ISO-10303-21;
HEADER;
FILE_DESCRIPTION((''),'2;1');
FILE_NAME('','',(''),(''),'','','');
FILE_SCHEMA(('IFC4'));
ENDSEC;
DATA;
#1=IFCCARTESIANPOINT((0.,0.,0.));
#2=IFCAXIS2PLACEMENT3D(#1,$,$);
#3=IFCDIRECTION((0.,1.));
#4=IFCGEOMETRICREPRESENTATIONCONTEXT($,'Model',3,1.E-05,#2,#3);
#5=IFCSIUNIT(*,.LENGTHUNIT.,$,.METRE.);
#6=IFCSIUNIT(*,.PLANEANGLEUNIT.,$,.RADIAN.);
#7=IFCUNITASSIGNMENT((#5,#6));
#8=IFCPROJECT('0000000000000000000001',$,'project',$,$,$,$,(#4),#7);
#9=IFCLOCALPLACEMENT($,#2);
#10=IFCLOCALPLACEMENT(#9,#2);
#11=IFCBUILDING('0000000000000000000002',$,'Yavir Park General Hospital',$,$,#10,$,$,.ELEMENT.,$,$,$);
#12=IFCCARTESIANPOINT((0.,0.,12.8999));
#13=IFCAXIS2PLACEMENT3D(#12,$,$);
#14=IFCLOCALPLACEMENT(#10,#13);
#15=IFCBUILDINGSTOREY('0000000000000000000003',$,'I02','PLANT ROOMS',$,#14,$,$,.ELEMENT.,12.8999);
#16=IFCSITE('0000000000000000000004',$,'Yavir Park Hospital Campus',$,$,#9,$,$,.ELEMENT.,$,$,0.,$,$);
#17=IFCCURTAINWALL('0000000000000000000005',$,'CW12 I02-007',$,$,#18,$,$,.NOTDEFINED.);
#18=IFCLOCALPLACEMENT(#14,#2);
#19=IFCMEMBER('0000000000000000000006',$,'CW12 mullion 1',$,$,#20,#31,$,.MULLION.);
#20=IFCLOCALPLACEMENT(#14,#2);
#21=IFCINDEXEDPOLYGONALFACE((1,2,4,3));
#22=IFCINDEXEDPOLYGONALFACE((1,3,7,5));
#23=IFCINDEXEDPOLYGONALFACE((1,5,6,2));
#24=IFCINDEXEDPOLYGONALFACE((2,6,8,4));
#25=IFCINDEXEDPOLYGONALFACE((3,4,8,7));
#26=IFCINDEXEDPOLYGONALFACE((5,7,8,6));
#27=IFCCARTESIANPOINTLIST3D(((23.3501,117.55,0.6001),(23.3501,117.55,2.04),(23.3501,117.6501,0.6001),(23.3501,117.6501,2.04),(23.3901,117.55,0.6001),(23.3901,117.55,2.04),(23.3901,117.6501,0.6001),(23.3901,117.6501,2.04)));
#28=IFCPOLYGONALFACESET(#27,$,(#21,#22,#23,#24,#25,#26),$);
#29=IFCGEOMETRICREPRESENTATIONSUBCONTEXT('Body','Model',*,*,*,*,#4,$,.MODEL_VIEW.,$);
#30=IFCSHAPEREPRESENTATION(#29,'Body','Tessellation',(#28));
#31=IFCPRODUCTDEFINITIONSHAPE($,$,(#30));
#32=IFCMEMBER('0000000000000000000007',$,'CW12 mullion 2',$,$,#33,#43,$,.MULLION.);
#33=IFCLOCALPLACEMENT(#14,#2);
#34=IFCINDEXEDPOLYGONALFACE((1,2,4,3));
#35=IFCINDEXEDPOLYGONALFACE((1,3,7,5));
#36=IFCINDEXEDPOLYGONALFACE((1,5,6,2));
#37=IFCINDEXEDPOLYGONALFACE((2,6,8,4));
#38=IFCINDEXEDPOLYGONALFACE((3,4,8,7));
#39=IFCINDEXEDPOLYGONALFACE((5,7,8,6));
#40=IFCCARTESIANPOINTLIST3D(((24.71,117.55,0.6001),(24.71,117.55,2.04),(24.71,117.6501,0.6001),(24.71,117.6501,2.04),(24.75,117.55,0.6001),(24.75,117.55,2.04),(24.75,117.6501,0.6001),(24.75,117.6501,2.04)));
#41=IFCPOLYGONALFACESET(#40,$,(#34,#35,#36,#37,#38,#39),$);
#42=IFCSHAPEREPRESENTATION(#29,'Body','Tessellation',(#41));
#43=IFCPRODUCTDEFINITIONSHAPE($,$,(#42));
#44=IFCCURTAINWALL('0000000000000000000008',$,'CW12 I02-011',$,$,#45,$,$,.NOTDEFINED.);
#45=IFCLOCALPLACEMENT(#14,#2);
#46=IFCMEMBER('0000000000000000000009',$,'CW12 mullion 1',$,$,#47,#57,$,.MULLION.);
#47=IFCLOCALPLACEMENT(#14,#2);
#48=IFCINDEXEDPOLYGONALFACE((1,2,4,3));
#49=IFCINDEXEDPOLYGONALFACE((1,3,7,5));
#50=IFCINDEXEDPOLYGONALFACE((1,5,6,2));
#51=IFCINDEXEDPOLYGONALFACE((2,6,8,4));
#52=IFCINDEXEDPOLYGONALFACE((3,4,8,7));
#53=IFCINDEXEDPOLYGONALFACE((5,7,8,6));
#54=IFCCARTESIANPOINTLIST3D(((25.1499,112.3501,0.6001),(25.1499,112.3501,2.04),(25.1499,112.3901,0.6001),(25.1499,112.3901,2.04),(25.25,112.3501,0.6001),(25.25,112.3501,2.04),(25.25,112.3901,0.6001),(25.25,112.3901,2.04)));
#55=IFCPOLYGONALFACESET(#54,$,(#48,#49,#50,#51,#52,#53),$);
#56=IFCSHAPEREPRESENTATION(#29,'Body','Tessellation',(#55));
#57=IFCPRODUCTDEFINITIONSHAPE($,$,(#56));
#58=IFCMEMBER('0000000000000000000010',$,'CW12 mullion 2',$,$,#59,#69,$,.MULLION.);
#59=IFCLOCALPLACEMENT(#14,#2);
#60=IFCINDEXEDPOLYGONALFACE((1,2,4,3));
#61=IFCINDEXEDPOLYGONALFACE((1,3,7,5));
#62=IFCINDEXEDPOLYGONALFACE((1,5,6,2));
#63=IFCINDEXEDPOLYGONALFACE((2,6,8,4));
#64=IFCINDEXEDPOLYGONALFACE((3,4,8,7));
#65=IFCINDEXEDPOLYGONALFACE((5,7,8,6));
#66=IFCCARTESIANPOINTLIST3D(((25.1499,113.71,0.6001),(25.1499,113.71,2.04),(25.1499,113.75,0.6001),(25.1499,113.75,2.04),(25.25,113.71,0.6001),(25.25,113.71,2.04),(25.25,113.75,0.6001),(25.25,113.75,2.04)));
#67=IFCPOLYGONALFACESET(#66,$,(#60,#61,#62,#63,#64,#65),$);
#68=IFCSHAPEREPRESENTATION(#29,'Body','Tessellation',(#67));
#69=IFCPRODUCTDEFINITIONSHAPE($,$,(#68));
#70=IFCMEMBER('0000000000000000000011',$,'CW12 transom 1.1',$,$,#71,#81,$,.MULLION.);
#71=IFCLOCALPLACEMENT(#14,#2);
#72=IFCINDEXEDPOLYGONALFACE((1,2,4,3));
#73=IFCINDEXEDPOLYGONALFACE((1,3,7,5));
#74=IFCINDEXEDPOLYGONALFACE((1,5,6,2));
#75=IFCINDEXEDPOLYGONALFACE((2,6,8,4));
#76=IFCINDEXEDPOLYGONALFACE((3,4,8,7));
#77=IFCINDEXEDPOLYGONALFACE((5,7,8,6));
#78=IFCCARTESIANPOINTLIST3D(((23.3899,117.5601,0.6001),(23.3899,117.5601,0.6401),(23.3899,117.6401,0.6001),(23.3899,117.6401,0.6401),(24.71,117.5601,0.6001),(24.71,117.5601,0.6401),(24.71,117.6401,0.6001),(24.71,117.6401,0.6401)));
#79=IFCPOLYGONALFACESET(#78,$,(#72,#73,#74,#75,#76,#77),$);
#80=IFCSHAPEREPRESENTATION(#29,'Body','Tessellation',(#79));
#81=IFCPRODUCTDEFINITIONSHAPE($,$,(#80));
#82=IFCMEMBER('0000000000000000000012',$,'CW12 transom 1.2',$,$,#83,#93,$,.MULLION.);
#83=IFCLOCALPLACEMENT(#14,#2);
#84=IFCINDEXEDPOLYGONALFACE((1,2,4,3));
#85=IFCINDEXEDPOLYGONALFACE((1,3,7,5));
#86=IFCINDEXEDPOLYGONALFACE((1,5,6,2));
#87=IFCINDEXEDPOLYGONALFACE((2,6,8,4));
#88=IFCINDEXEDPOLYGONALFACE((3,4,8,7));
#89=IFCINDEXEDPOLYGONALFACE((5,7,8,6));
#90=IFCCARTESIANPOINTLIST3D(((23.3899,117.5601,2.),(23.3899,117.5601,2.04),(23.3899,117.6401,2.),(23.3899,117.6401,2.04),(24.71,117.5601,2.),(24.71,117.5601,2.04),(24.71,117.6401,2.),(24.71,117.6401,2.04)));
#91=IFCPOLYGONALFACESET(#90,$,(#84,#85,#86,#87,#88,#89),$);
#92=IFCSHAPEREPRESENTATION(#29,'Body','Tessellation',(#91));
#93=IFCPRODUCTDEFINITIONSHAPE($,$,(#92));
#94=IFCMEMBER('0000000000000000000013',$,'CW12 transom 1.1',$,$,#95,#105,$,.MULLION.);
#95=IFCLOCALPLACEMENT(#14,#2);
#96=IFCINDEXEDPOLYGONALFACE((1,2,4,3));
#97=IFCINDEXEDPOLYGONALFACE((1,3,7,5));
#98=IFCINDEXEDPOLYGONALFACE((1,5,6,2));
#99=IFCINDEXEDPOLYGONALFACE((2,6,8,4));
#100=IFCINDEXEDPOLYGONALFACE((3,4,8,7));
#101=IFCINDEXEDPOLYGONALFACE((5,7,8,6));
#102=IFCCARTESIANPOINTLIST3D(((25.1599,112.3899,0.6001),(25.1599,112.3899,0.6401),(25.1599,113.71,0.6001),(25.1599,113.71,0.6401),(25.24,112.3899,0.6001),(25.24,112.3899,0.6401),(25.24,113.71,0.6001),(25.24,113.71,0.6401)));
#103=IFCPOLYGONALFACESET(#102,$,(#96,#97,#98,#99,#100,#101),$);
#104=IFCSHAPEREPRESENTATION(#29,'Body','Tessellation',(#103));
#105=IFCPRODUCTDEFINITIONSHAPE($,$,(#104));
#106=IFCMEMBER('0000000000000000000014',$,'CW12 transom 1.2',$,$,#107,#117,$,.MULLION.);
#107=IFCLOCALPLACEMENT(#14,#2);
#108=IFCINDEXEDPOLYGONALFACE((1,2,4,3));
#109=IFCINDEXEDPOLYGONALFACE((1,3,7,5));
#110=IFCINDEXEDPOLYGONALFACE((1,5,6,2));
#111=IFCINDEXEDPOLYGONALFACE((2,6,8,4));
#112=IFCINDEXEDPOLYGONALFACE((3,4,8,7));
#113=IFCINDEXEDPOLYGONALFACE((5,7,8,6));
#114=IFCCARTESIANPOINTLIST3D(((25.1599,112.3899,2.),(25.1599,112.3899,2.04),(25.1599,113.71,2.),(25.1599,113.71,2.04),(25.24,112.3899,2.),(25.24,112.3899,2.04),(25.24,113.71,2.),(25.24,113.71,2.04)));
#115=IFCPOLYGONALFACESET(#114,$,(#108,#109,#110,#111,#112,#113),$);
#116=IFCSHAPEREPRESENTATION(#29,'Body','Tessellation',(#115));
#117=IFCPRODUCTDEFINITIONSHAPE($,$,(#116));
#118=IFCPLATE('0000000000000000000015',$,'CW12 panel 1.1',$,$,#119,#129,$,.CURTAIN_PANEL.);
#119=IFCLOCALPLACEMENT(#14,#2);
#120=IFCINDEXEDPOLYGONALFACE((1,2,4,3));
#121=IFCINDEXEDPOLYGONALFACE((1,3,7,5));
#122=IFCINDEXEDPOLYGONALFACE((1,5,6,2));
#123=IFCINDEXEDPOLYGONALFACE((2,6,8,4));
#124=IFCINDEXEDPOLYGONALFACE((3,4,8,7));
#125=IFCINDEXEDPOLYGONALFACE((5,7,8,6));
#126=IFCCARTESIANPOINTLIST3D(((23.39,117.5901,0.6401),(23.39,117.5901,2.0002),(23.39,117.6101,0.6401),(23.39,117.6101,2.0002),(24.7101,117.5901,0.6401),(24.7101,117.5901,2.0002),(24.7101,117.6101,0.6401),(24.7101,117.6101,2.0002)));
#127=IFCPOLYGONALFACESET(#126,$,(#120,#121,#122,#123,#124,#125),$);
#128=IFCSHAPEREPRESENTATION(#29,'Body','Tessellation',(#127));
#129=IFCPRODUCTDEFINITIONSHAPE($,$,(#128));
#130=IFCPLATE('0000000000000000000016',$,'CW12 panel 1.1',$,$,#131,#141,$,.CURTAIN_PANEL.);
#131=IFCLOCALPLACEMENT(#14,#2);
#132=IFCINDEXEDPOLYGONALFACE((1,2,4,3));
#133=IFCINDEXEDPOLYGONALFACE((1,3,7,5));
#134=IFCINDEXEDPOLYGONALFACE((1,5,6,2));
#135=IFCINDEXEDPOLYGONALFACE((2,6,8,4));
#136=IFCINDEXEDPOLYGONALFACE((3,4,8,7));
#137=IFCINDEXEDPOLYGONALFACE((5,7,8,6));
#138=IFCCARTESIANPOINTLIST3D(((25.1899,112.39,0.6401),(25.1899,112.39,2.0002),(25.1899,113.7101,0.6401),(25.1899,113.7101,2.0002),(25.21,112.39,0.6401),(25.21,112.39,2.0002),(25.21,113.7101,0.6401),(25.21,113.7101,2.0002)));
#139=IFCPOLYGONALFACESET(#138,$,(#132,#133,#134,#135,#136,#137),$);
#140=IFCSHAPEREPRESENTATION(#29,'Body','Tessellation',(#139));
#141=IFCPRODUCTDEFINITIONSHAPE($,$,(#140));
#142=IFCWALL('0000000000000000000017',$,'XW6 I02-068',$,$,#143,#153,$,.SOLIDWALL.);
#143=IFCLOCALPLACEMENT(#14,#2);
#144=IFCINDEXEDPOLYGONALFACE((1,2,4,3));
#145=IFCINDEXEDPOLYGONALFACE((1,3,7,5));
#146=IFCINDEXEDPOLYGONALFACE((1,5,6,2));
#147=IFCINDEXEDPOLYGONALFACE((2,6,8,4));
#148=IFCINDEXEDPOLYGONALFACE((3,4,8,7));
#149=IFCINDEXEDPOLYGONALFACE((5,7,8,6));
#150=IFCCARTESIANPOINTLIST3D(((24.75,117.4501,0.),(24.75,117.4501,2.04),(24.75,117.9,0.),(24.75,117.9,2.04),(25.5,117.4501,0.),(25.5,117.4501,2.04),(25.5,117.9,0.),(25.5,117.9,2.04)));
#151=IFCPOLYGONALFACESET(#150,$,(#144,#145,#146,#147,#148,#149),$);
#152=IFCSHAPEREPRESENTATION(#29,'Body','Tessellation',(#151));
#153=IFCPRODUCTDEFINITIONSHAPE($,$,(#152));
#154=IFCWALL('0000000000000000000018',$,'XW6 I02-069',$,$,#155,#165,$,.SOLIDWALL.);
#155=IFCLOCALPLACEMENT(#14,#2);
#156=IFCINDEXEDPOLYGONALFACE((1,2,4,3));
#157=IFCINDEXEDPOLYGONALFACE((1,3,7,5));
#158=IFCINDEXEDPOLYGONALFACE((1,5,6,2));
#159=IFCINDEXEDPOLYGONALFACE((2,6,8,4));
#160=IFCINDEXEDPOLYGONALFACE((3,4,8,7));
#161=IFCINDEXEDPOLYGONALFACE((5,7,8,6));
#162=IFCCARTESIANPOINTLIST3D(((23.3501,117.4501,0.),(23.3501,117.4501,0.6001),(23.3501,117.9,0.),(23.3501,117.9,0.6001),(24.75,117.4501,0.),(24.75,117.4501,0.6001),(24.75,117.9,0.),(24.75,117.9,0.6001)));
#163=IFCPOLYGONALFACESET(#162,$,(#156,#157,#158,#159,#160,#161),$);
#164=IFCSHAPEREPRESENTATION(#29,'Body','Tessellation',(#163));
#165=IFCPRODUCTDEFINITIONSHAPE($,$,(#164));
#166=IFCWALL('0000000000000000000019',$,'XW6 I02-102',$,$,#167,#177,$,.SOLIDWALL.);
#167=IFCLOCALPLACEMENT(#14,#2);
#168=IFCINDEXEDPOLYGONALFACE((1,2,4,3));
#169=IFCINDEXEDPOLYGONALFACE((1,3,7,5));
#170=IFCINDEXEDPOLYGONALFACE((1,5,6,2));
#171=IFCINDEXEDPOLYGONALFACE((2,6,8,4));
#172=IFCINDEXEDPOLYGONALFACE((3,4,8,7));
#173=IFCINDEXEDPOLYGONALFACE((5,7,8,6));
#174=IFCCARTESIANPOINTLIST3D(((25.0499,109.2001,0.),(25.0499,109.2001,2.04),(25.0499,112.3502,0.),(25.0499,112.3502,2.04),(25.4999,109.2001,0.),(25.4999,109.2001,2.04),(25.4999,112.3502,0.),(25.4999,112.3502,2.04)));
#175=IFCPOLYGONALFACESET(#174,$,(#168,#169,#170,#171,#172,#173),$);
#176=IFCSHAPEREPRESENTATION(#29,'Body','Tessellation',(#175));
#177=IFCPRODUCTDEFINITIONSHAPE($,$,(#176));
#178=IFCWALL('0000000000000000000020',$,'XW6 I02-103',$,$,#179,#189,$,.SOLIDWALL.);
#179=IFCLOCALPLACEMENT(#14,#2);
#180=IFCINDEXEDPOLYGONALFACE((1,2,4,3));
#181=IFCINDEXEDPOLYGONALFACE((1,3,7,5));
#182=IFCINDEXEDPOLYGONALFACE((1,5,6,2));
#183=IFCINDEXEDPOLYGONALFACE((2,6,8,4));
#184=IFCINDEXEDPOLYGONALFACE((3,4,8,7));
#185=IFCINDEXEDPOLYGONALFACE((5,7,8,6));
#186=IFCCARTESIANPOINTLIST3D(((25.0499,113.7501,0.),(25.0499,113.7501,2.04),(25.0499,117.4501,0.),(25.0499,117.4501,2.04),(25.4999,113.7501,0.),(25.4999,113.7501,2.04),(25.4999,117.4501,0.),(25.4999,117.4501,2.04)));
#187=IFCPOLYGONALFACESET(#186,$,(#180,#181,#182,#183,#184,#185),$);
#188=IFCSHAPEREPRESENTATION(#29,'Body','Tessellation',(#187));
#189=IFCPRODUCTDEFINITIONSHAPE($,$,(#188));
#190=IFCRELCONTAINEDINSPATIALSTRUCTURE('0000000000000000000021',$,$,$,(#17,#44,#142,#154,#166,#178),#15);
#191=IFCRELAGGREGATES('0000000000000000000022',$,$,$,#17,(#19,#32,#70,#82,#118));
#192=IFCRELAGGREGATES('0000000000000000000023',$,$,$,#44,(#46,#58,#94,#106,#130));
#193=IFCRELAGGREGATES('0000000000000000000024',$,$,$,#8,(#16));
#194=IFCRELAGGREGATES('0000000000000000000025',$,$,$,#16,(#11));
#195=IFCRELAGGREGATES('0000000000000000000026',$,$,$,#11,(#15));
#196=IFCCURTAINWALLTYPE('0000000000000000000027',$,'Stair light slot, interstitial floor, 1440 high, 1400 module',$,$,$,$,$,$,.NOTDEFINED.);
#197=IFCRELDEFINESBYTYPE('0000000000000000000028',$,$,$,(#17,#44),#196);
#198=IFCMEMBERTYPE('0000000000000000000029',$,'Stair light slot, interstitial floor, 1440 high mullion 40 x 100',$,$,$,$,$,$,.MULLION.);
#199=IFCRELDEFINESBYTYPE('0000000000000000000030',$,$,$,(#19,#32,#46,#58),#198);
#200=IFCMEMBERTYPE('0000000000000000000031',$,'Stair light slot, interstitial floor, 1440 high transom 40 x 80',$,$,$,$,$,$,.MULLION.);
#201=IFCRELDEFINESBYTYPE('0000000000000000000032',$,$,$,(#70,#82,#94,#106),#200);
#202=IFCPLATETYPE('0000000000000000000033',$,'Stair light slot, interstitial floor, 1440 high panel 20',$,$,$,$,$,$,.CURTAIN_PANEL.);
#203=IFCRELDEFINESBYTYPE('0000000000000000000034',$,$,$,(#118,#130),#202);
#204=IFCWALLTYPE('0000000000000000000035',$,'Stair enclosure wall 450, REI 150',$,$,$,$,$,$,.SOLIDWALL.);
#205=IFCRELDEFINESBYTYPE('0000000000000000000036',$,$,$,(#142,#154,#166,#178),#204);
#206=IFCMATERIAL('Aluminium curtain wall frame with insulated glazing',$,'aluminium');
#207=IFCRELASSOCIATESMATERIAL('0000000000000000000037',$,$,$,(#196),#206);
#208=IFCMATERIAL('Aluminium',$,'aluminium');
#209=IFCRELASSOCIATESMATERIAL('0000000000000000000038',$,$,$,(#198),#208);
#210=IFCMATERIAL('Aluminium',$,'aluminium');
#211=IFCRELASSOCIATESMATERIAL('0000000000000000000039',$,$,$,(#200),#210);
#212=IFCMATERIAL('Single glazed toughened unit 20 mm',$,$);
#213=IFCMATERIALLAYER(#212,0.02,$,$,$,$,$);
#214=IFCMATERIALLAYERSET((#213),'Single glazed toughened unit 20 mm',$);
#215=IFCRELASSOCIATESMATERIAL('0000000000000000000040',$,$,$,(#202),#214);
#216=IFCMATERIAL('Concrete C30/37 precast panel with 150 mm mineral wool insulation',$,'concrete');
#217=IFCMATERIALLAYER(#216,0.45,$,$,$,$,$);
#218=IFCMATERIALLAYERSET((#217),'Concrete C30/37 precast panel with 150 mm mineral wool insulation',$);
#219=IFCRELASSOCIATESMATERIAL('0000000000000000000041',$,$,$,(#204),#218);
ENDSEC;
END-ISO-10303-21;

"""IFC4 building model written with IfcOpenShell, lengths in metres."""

from ifc_helpers import new_model, si_unit, direction, frame, frame_2d, origin, origin_2d, place, context, subcontext, project, spatial, rectangle, extrude, material, layer, layer_set, material_profile, profile_set, type_object, element, aggregate, save


model = new_model("IFC4")

# Units and contexts
model_context = context("Model", 3, precision=1e-05, world=origin(), true_north=direction((0.0, 1.0)))
body_context = subcontext(model_context, "Body", "Model", "MODEL_VIEW")
ifc_project = project(units=[si_unit("LENGTHUNIT", "METRE"), si_unit("PLANEANGLEUNIT", "RADIAN")], contexts=[model_context])

# Site, building, storey
site_placement = place(None, origin())
site = spatial("IfcSite", under=ifc_project, at=site_placement, Name="Yavir Park Hospital Campus", CompositionType="ELEMENT", RefElevation=0.0)
building_placement = place(site_placement, origin())
building = spatial("IfcBuilding", under=site, at=building_placement, Name="Yavir Park General Hospital", CompositionType="ELEMENT")
storey_placement = place(building_placement, frame((0.0, 0.0, 12.8999)))
storey = spatial("IfcBuildingStorey", under=building, at=storey_placement, Name="I02", Description="PLANT ROOMS", CompositionType="ELEMENT", Elevation=12.8999)

# Curtain walls, members
ifc_material_1 = material(Name="Aluminium curtain wall frame with insulated glazing", Category="aluminium")
curtain_wall_type = type_object("IfcCurtainWallType", Name="Stair light slot, interstitial floor, 1440 high, 1400 module", PredefinedType="NOTDEFINED", material=ifc_material_1)
curtain_wall_1_placement = place(storey_placement, origin())
curtain_wall_1 = element("IfcCurtainWall", 1, at=curtain_wall_1_placement, inside=storey, type_object=curtain_wall_type, Name="CW12 I02-007", PredefinedType="NOTDEFINED")
ifc_material_2 = material(Name="Aluminium", Category="aluminium")
ifc_material_profile_1 = material_profile(ifc_material_2, rectangle(XDim=0.1001, YDim=0.04, at=origin_2d()), Name="AL 40x100")
ifc_profile_set_1 = profile_set([ifc_material_profile_1], Name="Aluminium")
member_type_1 = type_object("IfcMemberType", Name="Stair light slot, interstitial floor, 1440 high mullion 40 x 100", PredefinedType="MULLION", material=ifc_profile_set_1)
member_1_placement = place(storey_placement, frame((23.3701, 117.6001, 0.6001), z_axis=(0.0, 0.0, 1.0), x_axis=(0.0, 1.0, 0.0)))
member_1 = element("IfcMember", 2, at=member_1_placement, type_object=member_type_1, Name="CW12 mullion 1", PredefinedType="MULLION", context=body_context, shape_type="SweptSolid", body=[
    extrude(rectangle(XDim=0.1001, YDim=0.04, at=origin_2d()), origin(), (0.0, 0.0, 1.0), 1.4399),
])
member_2_placement = place(storey_placement, frame((24.73, 117.6001, 0.6001), z_axis=(0.0, 0.0, 1.0), x_axis=(0.0, 1.0, 0.0)))
member_2 = element("IfcMember", 3, at=member_2_placement, type_object=member_type_1, Name="CW12 mullion 2", PredefinedType="MULLION", context=body_context, shape_type="SweptSolid", body=[
    extrude(rectangle(XDim=0.1001, YDim=0.04, at=origin_2d()), origin(), (0.0, 0.0, 1.0), 1.4399),
])
curtain_wall_2_placement = place(storey_placement, origin())
curtain_wall_2 = element("IfcCurtainWall", 4, at=curtain_wall_2_placement, inside=storey, type_object=curtain_wall_type, Name="CW12 I02-011", PredefinedType="NOTDEFINED")
member_3_placement = place(storey_placement, frame((25.2, 112.3701, 0.6001), z_axis=(0.0, 0.0, 1.0), x_axis=(-1.0, 0.0, 0.0)))
member_3 = element("IfcMember", 5, at=member_3_placement, type_object=member_type_1, Name="CW12 mullion 1", PredefinedType="MULLION", context=body_context, shape_type="SweptSolid", body=[
    extrude(rectangle(XDim=0.1001, YDim=0.04, at=origin_2d()), origin(), (0.0, 0.0, 1.0), 1.4399),
])
member_4_placement = place(storey_placement, frame((25.2, 113.73, 0.6001), z_axis=(0.0, 0.0, 1.0), x_axis=(-1.0, 0.0, 0.0)))
member_4 = element("IfcMember", 6, at=member_4_placement, type_object=member_type_1, Name="CW12 mullion 2", PredefinedType="MULLION", context=body_context, shape_type="SweptSolid", body=[
    extrude(rectangle(XDim=0.1001, YDim=0.04, at=origin_2d()), origin(), (0.0, 0.0, 1.0), 1.4399),
])

# Members
ifc_material_3 = material(Name="Aluminium", Category="aluminium")
ifc_material_profile_2 = material_profile(ifc_material_3, rectangle(XDim=0.0801, YDim=0.04, at=origin_2d()), Name="AL 80x40")
ifc_profile_set_2 = profile_set([ifc_material_profile_2], Name="Aluminium")
member_type_2 = type_object("IfcMemberType", Name="Stair light slot, interstitial floor, 1440 high transom 40 x 80", PredefinedType="MULLION", material=ifc_profile_set_2)
member_5_placement = place(storey_placement, frame((23.3899, 117.6001, 0.6201), z_axis=(1.0, 0.0, 0.0), x_axis=(0.0, 1.0, 0.0)))
member_5 = element("IfcMember", 7, at=member_5_placement, type_object=member_type_2, Name="CW12 transom 1.1", PredefinedType="MULLION", context=body_context, shape_type="SweptSolid", body=[
    extrude(rectangle(XDim=0.0801, YDim=0.04, at=origin_2d()), origin(), (0.0, 0.0, 1.0), 1.3201),
])
member_6_placement = place(storey_placement, frame((23.3899, 117.6001, 2.02), z_axis=(1.0, 0.0, 0.0), x_axis=(0.0, 1.0, 0.0)))
member_6 = element("IfcMember", 8, at=member_6_placement, type_object=member_type_2, Name="CW12 transom 1.2", PredefinedType="MULLION", context=body_context, shape_type="SweptSolid", body=[
    extrude(rectangle(XDim=0.0801, YDim=0.04, at=origin_2d()), origin(), (0.0, 0.0, 1.0), 1.3201),
])
member_7_placement = place(storey_placement, frame((25.2, 112.3899, 0.6201), z_axis=(0.0, 1.0, 0.0), x_axis=(-1.0, 0.0, 0.0)))
member_7 = element("IfcMember", 9, at=member_7_placement, type_object=member_type_2, Name="CW12 transom 1.1", PredefinedType="MULLION", context=body_context, shape_type="SweptSolid", body=[
    extrude(rectangle(XDim=0.0801, YDim=0.04, at=origin_2d()), origin(), (0.0, 0.0, 1.0), 1.3201),
])
member_8_placement = place(storey_placement, frame((25.2, 112.3899, 2.02), z_axis=(0.0, 1.0, 0.0), x_axis=(-1.0, 0.0, 0.0)))
member_8 = element("IfcMember", 10, at=member_8_placement, type_object=member_type_2, Name="CW12 transom 1.2", PredefinedType="MULLION", context=body_context, shape_type="SweptSolid", body=[
    extrude(rectangle(XDim=0.0801, YDim=0.04, at=origin_2d()), origin(), (0.0, 0.0, 1.0), 1.3201),
])

# Plates
ifc_material_4 = material(Name="Single glazed toughened unit 20 mm")
ifc_layer_1 = layer(ifc_material_4, 0.02)
ifc_layer_set_1 = layer_set([ifc_layer_1], Name="Single glazed toughened unit 20 mm")
plate_type = type_object("IfcPlateType", Name="Stair light slot, interstitial floor, 1440 high panel 20", PredefinedType="CURTAIN_PANEL", material=ifc_layer_set_1)
plate_1_placement = place(storey_placement, frame((24.05, 117.6001, 0.6401), z_axis=(0.0, 0.0, 1.0), x_axis=(1.0, 0.0, 0.0)))
plate_1 = element("IfcPlate", 11, at=plate_1_placement, type_object=plate_type, Name="CW12 panel 1.1", PredefinedType="CURTAIN_PANEL", context=body_context, shape_type="SweptSolid", body=[
    extrude(rectangle(XDim=1.3201, YDim=0.02, at=origin_2d()), origin(), (0.0, 0.0, 1.0), 1.3601),
])
aggregate(curtain_wall_1, [member_1, member_2, member_5, member_6, plate_1])
plate_2_placement = place(storey_placement, frame((25.2, 113.05, 0.6401), z_axis=(0.0, 0.0, 1.0), x_axis=(0.0, 1.0, 0.0)))
plate_2 = element("IfcPlate", 12, at=plate_2_placement, type_object=plate_type, Name="CW12 panel 1.1", PredefinedType="CURTAIN_PANEL", context=body_context, shape_type="SweptSolid", body=[
    extrude(rectangle(XDim=1.3201, YDim=0.02, at=origin_2d()), origin(), (0.0, 0.0, 1.0), 1.3601),
])
aggregate(curtain_wall_2, [member_3, member_4, member_7, member_8, plate_2])

# Walls
ifc_material_5 = material(Name="Concrete C30/37 precast panel with 150 mm mineral wool insulation", Category="concrete")
ifc_layer_2 = layer(ifc_material_5, 0.45)
ifc_layer_set_2 = layer_set([ifc_layer_2], Name="Concrete C30/37 precast panel with 150 mm mineral wool insulation")
wall_type = type_object("IfcWallType", Name="Stair enclosure wall 450, REI 150", PredefinedType="SOLIDWALL", material=ifc_layer_set_2)
wall_1_placement = place(storey_placement, frame((24.75, 117.675, 0.0), z_axis=(0.0, 0.0, 1.0), x_axis=(1.0, 0.0, 0.0)))
element("IfcWall", 13, at=wall_1_placement, inside=storey, type_object=wall_type, Name="XW6 I02-068", PredefinedType="SOLIDWALL", context=body_context, shape_type="SweptSolid", body=[
    extrude(rectangle(XDim=0.75, YDim=0.45, at=frame_2d((0.375, 0.0))), origin(), (0.0, 0.0, 1.0), 2.04),
])
wall_2_placement = place(storey_placement, frame((23.3501, 117.675, 0.0), z_axis=(0.0, 0.0, 1.0), x_axis=(1.0, 0.0, 0.0)))
element("IfcWall", 14, at=wall_2_placement, inside=storey, type_object=wall_type, Name="XW6 I02-069", PredefinedType="SOLIDWALL", context=body_context, shape_type="SweptSolid", body=[
    extrude(rectangle(XDim=1.3999, YDim=0.45, at=frame_2d((0.7, 0.0))), origin(), (0.0, 0.0, 1.0), 0.6001),
])
wall_3_placement = place(storey_placement, frame((25.2749, 109.2, 0.0), z_axis=(0.0, 0.0, 1.0), x_axis=(0.0, 1.0, 0.0)))
element("IfcWall", 15, at=wall_3_placement, inside=storey, type_object=wall_type, Name="XW6 I02-102", PredefinedType="SOLIDWALL", context=body_context, shape_type="SweptSolid", body=[
    extrude(rectangle(XDim=3.1501, YDim=0.45, at=frame_2d((1.5752, 0.0))), origin(), (0.0, 0.0, 1.0), 2.04),
])
wall_4_placement = place(storey_placement, frame((25.2749, 113.75, 0.0), z_axis=(0.0, 0.0, 1.0), x_axis=(0.0, 1.0, 0.0)))
element("IfcWall", 16, at=wall_4_placement, inside=storey, type_object=wall_type, Name="XW6 I02-103", PredefinedType="SOLIDWALL", context=body_context, shape_type="SweptSolid", body=[
    extrude(rectangle(XDim=3.7, YDim=0.45, at=frame_2d((1.8501, 0.0))), origin(), (0.0, 0.0, 1.0), 2.04),
])

save(model, "model.ifc")
